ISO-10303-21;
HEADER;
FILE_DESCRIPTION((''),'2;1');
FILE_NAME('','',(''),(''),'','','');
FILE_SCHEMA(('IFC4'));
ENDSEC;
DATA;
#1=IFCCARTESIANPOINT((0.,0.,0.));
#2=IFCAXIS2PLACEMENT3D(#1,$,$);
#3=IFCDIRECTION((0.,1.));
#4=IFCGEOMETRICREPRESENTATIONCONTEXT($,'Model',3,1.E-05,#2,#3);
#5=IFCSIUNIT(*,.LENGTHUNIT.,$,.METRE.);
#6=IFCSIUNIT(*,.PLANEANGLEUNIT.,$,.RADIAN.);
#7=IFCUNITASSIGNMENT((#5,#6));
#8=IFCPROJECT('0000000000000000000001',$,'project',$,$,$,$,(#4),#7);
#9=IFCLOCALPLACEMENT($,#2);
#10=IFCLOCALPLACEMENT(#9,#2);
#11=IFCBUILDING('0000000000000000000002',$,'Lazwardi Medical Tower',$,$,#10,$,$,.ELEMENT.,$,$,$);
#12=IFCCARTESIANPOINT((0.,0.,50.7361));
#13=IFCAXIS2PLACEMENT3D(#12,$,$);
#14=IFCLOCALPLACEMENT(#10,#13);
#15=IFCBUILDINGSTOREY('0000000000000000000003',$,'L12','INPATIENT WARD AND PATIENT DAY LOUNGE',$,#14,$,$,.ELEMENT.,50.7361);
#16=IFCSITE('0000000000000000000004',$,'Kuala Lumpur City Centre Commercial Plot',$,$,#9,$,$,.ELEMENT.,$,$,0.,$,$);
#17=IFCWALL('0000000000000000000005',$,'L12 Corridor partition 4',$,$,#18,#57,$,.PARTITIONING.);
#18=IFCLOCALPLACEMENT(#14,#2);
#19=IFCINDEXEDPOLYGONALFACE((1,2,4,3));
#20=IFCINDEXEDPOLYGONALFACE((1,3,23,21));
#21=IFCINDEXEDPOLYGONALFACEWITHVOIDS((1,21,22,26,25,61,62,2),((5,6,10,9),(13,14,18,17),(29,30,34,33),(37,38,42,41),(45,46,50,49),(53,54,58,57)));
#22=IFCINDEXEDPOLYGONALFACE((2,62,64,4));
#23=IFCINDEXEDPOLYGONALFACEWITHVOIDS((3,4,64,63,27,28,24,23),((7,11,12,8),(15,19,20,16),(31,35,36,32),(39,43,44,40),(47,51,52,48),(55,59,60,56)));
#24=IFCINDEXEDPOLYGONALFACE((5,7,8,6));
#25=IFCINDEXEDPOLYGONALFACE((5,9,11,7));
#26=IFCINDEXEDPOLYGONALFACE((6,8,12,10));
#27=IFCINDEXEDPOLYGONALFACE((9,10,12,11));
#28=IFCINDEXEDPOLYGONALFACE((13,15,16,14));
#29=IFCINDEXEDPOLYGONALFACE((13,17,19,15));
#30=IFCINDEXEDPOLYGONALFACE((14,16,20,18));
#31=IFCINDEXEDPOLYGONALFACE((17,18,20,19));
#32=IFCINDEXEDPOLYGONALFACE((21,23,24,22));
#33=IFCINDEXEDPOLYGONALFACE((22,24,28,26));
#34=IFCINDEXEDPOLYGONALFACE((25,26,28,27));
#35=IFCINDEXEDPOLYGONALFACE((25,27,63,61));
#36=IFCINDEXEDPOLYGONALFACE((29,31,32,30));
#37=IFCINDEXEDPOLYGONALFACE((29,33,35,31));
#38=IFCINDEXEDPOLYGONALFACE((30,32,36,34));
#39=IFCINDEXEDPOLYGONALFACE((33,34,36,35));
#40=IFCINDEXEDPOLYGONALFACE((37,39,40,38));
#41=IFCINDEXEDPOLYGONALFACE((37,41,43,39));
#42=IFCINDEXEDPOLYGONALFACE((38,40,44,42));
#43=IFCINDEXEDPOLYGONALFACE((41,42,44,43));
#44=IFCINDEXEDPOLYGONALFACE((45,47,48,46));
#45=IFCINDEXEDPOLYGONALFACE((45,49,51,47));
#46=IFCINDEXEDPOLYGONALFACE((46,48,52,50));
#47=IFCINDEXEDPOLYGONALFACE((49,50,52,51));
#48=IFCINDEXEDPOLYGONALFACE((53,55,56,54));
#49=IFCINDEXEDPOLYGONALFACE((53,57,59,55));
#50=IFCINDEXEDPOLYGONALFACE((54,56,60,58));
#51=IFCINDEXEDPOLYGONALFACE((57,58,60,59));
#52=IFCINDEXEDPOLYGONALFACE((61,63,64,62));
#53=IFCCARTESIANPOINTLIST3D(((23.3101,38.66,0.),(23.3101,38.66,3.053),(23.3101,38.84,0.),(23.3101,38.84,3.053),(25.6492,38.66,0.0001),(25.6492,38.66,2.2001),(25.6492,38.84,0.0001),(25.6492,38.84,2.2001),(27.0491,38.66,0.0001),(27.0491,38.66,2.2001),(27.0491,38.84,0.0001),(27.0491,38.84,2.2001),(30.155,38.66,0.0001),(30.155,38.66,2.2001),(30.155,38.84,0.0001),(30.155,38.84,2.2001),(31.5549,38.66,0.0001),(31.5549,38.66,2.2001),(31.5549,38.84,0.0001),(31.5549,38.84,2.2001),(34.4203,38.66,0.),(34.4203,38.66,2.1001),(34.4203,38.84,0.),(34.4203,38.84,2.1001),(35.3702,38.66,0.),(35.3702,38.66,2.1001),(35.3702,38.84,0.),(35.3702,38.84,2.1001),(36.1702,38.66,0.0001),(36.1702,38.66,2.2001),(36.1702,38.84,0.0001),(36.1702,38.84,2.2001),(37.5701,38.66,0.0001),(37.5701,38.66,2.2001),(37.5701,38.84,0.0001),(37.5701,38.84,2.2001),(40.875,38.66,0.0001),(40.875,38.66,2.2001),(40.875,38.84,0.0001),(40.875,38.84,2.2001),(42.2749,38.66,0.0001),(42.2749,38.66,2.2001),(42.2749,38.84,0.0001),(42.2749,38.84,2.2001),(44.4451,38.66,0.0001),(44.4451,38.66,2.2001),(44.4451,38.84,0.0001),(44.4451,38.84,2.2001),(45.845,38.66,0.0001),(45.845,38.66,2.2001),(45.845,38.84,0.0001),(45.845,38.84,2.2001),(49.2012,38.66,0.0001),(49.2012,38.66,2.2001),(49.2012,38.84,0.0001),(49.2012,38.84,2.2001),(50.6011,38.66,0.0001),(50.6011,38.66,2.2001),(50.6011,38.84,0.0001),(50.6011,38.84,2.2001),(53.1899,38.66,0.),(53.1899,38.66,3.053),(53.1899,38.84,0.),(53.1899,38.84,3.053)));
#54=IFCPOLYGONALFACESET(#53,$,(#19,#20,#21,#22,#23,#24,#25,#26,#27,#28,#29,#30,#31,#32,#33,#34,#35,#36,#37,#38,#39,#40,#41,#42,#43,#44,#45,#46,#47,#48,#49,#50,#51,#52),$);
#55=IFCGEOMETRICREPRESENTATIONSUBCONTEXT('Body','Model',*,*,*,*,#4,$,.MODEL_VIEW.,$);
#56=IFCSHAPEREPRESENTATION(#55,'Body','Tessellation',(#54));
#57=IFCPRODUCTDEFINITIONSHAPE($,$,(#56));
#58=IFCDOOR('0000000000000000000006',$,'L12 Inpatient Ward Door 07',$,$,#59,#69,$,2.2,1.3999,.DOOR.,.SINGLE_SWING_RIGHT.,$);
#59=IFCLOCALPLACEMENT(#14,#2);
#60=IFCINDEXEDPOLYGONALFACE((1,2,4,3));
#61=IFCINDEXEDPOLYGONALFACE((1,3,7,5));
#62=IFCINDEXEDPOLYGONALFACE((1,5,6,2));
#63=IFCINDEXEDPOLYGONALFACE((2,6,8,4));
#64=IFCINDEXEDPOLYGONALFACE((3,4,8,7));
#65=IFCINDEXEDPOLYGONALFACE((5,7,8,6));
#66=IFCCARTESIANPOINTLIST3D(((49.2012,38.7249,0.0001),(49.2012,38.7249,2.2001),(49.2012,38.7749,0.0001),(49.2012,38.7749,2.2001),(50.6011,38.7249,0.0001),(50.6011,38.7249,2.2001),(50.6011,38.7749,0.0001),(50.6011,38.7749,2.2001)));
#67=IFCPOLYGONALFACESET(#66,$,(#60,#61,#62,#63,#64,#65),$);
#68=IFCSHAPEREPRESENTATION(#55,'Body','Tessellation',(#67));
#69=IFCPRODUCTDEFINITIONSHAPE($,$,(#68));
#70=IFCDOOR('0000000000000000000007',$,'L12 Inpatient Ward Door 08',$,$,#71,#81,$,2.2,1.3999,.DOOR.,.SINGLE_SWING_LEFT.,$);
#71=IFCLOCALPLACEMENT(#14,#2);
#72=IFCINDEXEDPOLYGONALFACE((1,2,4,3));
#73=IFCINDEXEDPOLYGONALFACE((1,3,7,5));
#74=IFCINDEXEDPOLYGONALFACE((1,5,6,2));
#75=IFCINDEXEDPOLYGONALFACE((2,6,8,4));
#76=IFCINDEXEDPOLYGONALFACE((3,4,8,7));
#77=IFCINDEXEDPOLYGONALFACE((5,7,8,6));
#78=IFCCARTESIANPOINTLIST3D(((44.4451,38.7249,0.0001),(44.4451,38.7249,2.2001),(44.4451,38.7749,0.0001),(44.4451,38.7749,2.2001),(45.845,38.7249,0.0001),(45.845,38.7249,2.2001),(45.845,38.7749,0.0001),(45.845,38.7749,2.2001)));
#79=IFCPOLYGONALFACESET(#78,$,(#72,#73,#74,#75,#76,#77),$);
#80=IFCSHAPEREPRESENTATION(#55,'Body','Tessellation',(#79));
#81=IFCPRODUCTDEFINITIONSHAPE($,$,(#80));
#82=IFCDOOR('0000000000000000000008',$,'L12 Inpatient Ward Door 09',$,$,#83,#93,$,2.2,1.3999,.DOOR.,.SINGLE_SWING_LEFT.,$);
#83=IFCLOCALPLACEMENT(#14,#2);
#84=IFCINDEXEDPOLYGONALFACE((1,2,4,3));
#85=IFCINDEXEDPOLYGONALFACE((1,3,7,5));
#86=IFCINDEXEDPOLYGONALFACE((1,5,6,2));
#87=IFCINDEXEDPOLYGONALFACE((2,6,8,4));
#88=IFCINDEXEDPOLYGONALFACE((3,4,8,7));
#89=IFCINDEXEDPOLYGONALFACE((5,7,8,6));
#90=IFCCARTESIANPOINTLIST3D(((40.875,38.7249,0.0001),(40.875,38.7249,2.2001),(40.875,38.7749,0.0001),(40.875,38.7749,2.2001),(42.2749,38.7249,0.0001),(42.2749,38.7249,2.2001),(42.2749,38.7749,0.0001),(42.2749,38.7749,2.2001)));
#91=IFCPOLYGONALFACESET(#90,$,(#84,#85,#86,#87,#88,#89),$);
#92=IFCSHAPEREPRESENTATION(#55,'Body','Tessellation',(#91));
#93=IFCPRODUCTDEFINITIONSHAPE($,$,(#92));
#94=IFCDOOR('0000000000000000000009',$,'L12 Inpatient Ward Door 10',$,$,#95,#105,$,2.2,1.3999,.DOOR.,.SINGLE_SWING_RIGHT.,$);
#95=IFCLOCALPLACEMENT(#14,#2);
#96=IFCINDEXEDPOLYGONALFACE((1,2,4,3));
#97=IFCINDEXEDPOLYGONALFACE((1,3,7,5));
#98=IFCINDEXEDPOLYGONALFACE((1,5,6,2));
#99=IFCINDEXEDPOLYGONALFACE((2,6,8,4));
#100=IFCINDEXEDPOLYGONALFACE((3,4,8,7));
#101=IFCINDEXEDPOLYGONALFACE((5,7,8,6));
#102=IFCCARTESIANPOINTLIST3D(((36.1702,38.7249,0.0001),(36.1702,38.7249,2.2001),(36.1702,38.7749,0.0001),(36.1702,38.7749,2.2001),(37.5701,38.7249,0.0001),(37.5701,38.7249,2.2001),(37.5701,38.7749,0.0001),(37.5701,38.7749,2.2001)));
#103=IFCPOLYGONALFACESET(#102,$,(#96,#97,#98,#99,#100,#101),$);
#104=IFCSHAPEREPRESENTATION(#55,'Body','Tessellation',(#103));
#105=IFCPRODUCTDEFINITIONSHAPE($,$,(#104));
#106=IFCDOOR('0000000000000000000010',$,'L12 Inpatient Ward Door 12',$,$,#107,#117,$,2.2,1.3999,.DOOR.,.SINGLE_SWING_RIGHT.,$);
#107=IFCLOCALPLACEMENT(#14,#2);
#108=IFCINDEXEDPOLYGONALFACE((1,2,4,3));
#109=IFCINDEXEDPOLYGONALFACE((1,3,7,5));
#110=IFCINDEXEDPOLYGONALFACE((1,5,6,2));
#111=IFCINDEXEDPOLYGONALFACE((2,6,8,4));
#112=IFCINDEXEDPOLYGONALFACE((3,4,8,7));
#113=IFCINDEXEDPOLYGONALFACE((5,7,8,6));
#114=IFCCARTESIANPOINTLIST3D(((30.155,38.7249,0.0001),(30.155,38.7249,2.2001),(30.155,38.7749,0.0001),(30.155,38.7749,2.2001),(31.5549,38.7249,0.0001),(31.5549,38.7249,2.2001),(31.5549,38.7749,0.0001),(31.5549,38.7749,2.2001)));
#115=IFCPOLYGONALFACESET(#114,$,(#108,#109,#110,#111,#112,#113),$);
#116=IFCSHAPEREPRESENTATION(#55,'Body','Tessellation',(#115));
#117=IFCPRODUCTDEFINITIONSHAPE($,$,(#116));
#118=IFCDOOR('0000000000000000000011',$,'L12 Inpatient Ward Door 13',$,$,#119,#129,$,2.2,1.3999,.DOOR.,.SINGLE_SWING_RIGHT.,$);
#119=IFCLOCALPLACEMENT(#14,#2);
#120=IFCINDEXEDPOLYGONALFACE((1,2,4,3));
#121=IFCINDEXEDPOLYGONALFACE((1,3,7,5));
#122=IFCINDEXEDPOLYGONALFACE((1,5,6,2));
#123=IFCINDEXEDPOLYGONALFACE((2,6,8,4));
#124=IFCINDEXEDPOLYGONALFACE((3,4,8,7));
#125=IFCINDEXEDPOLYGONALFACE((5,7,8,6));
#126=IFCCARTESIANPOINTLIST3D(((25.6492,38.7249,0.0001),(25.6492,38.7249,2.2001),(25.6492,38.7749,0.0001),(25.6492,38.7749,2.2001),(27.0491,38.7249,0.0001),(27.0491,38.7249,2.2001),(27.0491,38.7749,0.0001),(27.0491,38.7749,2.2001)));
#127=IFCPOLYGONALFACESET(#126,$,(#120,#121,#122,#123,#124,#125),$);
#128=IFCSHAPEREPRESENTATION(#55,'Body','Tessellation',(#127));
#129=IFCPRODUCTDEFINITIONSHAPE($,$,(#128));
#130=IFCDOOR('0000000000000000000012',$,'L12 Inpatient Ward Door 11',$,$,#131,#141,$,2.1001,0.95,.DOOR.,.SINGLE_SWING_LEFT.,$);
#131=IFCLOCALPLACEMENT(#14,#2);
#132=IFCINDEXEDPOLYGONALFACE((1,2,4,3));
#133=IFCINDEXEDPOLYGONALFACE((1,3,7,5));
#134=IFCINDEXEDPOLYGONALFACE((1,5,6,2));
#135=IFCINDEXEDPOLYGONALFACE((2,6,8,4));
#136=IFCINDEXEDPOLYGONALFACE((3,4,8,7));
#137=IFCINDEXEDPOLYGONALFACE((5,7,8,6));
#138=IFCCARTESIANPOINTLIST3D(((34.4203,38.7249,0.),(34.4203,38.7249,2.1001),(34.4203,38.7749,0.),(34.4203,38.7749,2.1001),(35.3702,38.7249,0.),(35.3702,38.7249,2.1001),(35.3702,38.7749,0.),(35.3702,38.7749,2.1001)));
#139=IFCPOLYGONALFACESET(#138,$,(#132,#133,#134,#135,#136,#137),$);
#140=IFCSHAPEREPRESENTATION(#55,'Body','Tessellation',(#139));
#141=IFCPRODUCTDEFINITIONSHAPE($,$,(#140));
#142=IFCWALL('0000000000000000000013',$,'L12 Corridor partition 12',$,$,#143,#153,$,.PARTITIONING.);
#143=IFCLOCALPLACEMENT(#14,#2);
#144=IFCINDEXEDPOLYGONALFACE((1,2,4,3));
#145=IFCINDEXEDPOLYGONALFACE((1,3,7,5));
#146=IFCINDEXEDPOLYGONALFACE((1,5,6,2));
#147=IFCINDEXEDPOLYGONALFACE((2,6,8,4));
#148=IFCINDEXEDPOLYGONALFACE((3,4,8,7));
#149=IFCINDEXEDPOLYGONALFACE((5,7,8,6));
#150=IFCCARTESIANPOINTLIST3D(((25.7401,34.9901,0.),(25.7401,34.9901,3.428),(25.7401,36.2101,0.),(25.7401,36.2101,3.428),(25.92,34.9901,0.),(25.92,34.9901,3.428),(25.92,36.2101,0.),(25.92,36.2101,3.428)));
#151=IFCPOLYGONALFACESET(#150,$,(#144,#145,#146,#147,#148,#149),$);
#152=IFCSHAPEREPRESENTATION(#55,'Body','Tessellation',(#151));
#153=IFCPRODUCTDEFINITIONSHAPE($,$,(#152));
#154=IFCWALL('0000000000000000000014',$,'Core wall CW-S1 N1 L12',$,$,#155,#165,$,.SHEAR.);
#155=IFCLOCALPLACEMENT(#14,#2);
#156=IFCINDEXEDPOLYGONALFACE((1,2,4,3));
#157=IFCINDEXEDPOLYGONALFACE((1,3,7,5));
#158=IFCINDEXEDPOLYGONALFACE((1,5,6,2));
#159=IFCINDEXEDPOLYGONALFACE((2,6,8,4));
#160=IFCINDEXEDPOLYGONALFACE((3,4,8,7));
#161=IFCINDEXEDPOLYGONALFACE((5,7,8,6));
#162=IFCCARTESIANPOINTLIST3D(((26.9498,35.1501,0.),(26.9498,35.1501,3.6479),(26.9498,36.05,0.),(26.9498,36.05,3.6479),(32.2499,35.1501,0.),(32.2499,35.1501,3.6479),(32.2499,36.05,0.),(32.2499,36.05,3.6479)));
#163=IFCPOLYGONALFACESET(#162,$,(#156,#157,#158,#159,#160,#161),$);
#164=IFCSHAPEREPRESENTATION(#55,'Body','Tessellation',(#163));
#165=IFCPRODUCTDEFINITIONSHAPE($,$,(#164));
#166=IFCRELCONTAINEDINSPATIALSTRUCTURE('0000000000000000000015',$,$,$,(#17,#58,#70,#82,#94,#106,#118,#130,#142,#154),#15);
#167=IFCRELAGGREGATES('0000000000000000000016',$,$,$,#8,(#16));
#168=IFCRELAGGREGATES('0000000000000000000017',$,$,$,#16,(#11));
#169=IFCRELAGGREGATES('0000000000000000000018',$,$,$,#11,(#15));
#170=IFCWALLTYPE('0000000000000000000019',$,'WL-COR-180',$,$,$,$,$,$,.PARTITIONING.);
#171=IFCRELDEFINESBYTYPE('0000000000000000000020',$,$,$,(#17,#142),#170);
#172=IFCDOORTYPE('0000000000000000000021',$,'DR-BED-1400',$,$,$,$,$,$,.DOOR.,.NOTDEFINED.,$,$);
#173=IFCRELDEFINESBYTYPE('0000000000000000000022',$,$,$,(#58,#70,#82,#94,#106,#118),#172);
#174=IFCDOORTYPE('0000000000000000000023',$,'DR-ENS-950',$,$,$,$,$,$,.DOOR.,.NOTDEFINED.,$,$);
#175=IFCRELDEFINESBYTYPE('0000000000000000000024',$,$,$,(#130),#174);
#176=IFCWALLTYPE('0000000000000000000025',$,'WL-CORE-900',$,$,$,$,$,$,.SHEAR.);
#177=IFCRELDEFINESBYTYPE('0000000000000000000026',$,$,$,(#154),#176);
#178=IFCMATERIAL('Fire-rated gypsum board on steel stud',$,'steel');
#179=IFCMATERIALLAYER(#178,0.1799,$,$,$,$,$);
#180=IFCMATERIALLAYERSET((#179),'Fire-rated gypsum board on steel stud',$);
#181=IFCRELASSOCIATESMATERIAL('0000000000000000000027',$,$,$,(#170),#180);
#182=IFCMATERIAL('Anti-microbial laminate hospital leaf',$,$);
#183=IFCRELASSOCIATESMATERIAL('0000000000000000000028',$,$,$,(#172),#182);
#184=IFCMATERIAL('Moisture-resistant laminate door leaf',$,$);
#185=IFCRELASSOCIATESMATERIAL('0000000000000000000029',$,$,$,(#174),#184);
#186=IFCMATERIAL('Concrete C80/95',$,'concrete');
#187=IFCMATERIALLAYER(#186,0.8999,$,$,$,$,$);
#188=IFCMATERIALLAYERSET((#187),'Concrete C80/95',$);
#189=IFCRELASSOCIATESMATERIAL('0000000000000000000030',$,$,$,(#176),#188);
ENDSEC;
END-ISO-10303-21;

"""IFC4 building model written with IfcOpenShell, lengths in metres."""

from ifc_helpers import new_model, si_unit, direction, frame, frame_2d, origin, place, context, subcontext, project, spatial, rectangle, extrude, material, layer, layer_set, type_object, element, fill, save


model = new_model("IFC4")

# Units and contexts
model_context = context("Model", 3, precision=1e-05, world=origin(), true_north=direction((0.0, 1.0)))
body_context = subcontext(model_context, "Body", "Model", "MODEL_VIEW")
ifc_project = project(units=[si_unit("LENGTHUNIT", "METRE"), si_unit("PLANEANGLEUNIT", "RADIAN")], contexts=[model_context])

# Site, building, storey
site_placement = place(None, origin())
site = spatial("IfcSite", under=ifc_project, at=site_placement, Name="Kuala Lumpur City Centre Commercial Plot", CompositionType="ELEMENT", RefElevation=0.0)
building_placement = place(site_placement, origin())
building = spatial("IfcBuilding", under=site, at=building_placement, Name="Lazwardi Medical Tower", CompositionType="ELEMENT")
storey_placement = place(building_placement, frame((0.0, 0.0, 50.7361)))
storey = spatial("IfcBuildingStorey", under=building, at=storey_placement, Name="L12", Description="INPATIENT WARD AND PATIENT DAY LOUNGE", CompositionType="ELEMENT", Elevation=50.7361)

# Shared definitions
ifc_material_1 = material(Name="Concrete C80/95", Category="concrete")

# Wall, openings, doors
ifc_material_2 = material(Name="Fire-rated gypsum board on steel stud", Category="steel")
ifc_layer_1 = layer(ifc_material_2, 0.1799)
ifc_layer_set_1 = layer_set([ifc_layer_1], Name="Fire-rated gypsum board on steel stud")
wall_type_1 = type_object("IfcWallType", Name="WL-COR-180", PredefinedType="PARTITIONING", material=ifc_layer_set_1)
wall_1_placement = place(storey_placement, frame((23.3101, 38.75, 0.0), z_axis=(0.0, 0.0, 1.0), x_axis=(1.0, 0.0, 0.0)))
wall_1 = element("IfcWall", 1, at=wall_1_placement, inside=storey, type_object=wall_type_1, Name="L12 Corridor partition 4", PredefinedType="PARTITIONING", context=body_context, shape_type="SweptSolid", body=[
    extrude(rectangle(XDim=29.8799, YDim=0.1799, at=frame_2d((14.9399, 0.0))), origin(), (0.0, 0.0, 1.0), 3.053),
])
opening_1_placement = place(wall_1_placement, frame((25.8911, 0.0, 0.0)))
opening_1 = element("IfcOpeningElement", 2, at=opening_1_placement, cuts=wall_1, PredefinedType="OPENING", context=body_context, shape_type="SweptSolid", body=[
    extrude(rectangle(XDim=1.3999, YDim=2.2, at=frame_2d((0.7, 1.1001))), frame((0.0, 0.0999, 0.0), z_axis=(0.0, -1.0, 0.0), x_axis=(1.0, 0.0, 0.0)), (0.0, 0.0, 1.0), 0.2),
])
opening_2_placement = place(wall_1_placement, frame((21.135, 0.0, 0.0)))
opening_2 = element("IfcOpeningElement", 3, at=opening_2_placement, cuts=wall_1, PredefinedType="OPENING", context=body_context, shape_type="SweptSolid", body=[
    extrude(rectangle(XDim=1.3999, YDim=2.2, at=frame_2d((0.7, 1.1001))), frame((0.0, 0.0999, 0.0), z_axis=(0.0, -1.0, 0.0), x_axis=(1.0, 0.0, 0.0)), (0.0, 0.0, 1.0), 0.2),
])
opening_3_placement = place(wall_1_placement, frame((17.5649, 0.0, 0.0)))
opening_3 = element("IfcOpeningElement", 4, at=opening_3_placement, cuts=wall_1, PredefinedType="OPENING", context=body_context, shape_type="SweptSolid", body=[
    extrude(rectangle(XDim=1.3999, YDim=2.2, at=frame_2d((0.7, 1.1001))), frame((0.0, 0.0999, 0.0), z_axis=(0.0, -1.0, 0.0), x_axis=(1.0, 0.0, 0.0)), (0.0, 0.0, 1.0), 0.2),
])
opening_4_placement = place(wall_1_placement, frame((12.8601, 0.0, 0.0)))
opening_4 = element("IfcOpeningElement", 5, at=opening_4_placement, cuts=wall_1, PredefinedType="OPENING", context=body_context, shape_type="SweptSolid", body=[
    extrude(rectangle(XDim=1.3999, YDim=2.2, at=frame_2d((0.7, 1.1001))), frame((0.0, 0.0999, 0.0), z_axis=(0.0, -1.0, 0.0), x_axis=(1.0, 0.0, 0.0)), (0.0, 0.0, 1.0), 0.2),
])
opening_5_placement = place(wall_1_placement, frame((11.1101, 0.0, 0.0)))
opening_5 = element("IfcOpeningElement", 6, at=opening_5_placement, cuts=wall_1, PredefinedType="OPENING", context=body_context, shape_type="SweptSolid", body=[
    extrude(rectangle(XDim=0.95, YDim=2.1001, at=frame_2d((0.4751, 1.05))), frame((0.0, 0.0999, 0.0), z_axis=(0.0, -1.0, 0.0), x_axis=(1.0, 0.0, 0.0)), (0.0, 0.0, 1.0), 0.2),
])
opening_6_placement = place(wall_1_placement, frame((6.845, 0.0, 0.0)))
opening_6 = element("IfcOpeningElement", 7, at=opening_6_placement, cuts=wall_1, PredefinedType="OPENING", context=body_context, shape_type="SweptSolid", body=[
    extrude(rectangle(XDim=1.3999, YDim=2.2, at=frame_2d((0.7, 1.1001))), frame((0.0, 0.0999, 0.0), z_axis=(0.0, -1.0, 0.0), x_axis=(1.0, 0.0, 0.0)), (0.0, 0.0, 1.0), 0.2),
])
opening_7_placement = place(wall_1_placement, frame((2.3391, 0.0, 0.0)))
opening_7 = element("IfcOpeningElement", 8, at=opening_7_placement, cuts=wall_1, PredefinedType="OPENING", context=body_context, shape_type="SweptSolid", body=[
    extrude(rectangle(XDim=1.3999, YDim=2.2, at=frame_2d((0.7, 1.1001))), frame((0.0, 0.0999, 0.0), z_axis=(0.0, -1.0, 0.0), x_axis=(1.0, 0.0, 0.0)), (0.0, 0.0, 1.0), 0.2),
])
ifc_material_3 = material(Name="Anti-microbial laminate hospital leaf")
door_type_1 = type_object("IfcDoorType", Name="DR-BED-1400", OperationType="NOTDEFINED", PredefinedType="DOOR", material=ifc_material_3)
door_1_placement = place(opening_1_placement, origin())
door_1 = element("IfcDoor", 9, at=door_1_placement, inside=storey, type_object=door_type_1, Name="L12 Inpatient Ward Door 07", OperationType="SINGLE_SWING_RIGHT", OverallHeight=2.2, OverallWidth=1.3999, PredefinedType="DOOR", context=body_context, shape_type="SweptSolid", body=[
    extrude(rectangle(XDim=1.3999, YDim=2.2, at=frame_2d((0.7, 1.1001))), frame((0.0, 0.0249, 0.0), z_axis=(0.0, -1.0, 0.0), x_axis=(1.0, 0.0, 0.0)), (0.0, 0.0, 1.0), 0.05),
])
fill(opening_1, door_1)
door_2_placement = place(opening_2_placement, origin())
door_2 = element("IfcDoor", 10, at=door_2_placement, inside=storey, type_object=door_type_1, Name="L12 Inpatient Ward Door 08", OperationType="SINGLE_SWING_LEFT", OverallHeight=2.2, OverallWidth=1.3999, PredefinedType="DOOR", context=body_context, shape_type="SweptSolid", body=[
    extrude(rectangle(XDim=1.3999, YDim=2.2, at=frame_2d((0.7, 1.1001))), frame((0.0, 0.0249, 0.0), z_axis=(0.0, -1.0, 0.0), x_axis=(1.0, 0.0, 0.0)), (0.0, 0.0, 1.0), 0.05),
])
fill(opening_2, door_2)
door_3_placement = place(opening_3_placement, origin())
door_3 = element("IfcDoor", 11, at=door_3_placement, inside=storey, type_object=door_type_1, Name="L12 Inpatient Ward Door 09", OperationType="SINGLE_SWING_LEFT", OverallHeight=2.2, OverallWidth=1.3999, PredefinedType="DOOR", context=body_context, shape_type="SweptSolid", body=[
    extrude(rectangle(XDim=1.3999, YDim=2.2, at=frame_2d((0.7, 1.1001))), frame((0.0, 0.0249, 0.0), z_axis=(0.0, -1.0, 0.0), x_axis=(1.0, 0.0, 0.0)), (0.0, 0.0, 1.0), 0.05),
])
fill(opening_3, door_3)
door_4_placement = place(opening_4_placement, origin())
door_4 = element("IfcDoor", 12, at=door_4_placement, inside=storey, type_object=door_type_1, Name="L12 Inpatient Ward Door 10", OperationType="SINGLE_SWING_RIGHT", OverallHeight=2.2, OverallWidth=1.3999, PredefinedType="DOOR", context=body_context, shape_type="SweptSolid", body=[
    extrude(rectangle(XDim=1.3999, YDim=2.2, at=frame_2d((0.7, 1.1001))), frame((0.0, 0.0249, 0.0), z_axis=(0.0, -1.0, 0.0), x_axis=(1.0, 0.0, 0.0)), (0.0, 0.0, 1.0), 0.05),
])
fill(opening_4, door_4)
door_5_placement = place(opening_6_placement, origin())
door_5 = element("IfcDoor", 13, at=door_5_placement, inside=storey, type_object=door_type_1, Name="L12 Inpatient Ward Door 12", OperationType="SINGLE_SWING_RIGHT", OverallHeight=2.2, OverallWidth=1.3999, PredefinedType="DOOR", context=body_context, shape_type="SweptSolid", body=[
    extrude(rectangle(XDim=1.3999, YDim=2.2, at=frame_2d((0.7, 1.1001))), frame((0.0, 0.0249, 0.0), z_axis=(0.0, -1.0, 0.0), x_axis=(1.0, 0.0, 0.0)), (0.0, 0.0, 1.0), 0.05),
])
fill(opening_6, door_5)
door_6_placement = place(opening_7_placement, origin())
door_6 = element("IfcDoor", 14, at=door_6_placement, inside=storey, type_object=door_type_1, Name="L12 Inpatient Ward Door 13", OperationType="SINGLE_SWING_RIGHT", OverallHeight=2.2, OverallWidth=1.3999, PredefinedType="DOOR", context=body_context, shape_type="SweptSolid", body=[
    extrude(rectangle(XDim=1.3999, YDim=2.2, at=frame_2d((0.7, 1.1001))), frame((0.0, 0.0249, 0.0), z_axis=(0.0, -1.0, 0.0), x_axis=(1.0, 0.0, 0.0)), (0.0, 0.0, 1.0), 0.05),
])
fill(opening_7, door_6)
ifc_material_4 = material(Name="Moisture-resistant laminate door leaf")
door_type_2 = type_object("IfcDoorType", Name="DR-ENS-950", OperationType="NOTDEFINED", PredefinedType="DOOR", material=ifc_material_4)
door_7_placement = place(opening_5_placement, origin())
door_7 = element("IfcDoor", 15, at=door_7_placement, inside=storey, type_object=door_type_2, Name="L12 Inpatient Ward Door 11", OperationType="SINGLE_SWING_LEFT", OverallHeight=2.1001, OverallWidth=0.95, PredefinedType="DOOR", context=body_context, shape_type="SweptSolid", body=[
    extrude(rectangle(XDim=0.95, YDim=2.1001, at=frame_2d((0.4751, 1.05))), frame((0.0, 0.0249, 0.0), z_axis=(0.0, -1.0, 0.0), x_axis=(1.0, 0.0, 0.0)), (0.0, 0.0, 1.0), 0.05),
])
fill(opening_5, door_7)

# Walls
wall_2_placement = place(storey_placement, frame((25.8301, 36.21, 0.0), z_axis=(0.0, 0.0, 1.0), x_axis=(0.0, -1.0, 0.0)))
element("IfcWall", 16, at=wall_2_placement, inside=storey, type_object=wall_type_1, Name="L12 Corridor partition 12", PredefinedType="PARTITIONING", context=body_context, shape_type="SweptSolid", body=[
    extrude(rectangle(XDim=1.22, YDim=0.1799, at=frame_2d((0.6099, 0.0))), origin(), (0.0, 0.0, 1.0), 3.428),
])
ifc_layer_2 = layer(ifc_material_1, 0.8999)
ifc_layer_set_2 = layer_set([ifc_layer_2], Name="Concrete C80/95")
wall_type_2 = type_object("IfcWallType", Name="WL-CORE-900", PredefinedType="SHEAR", material=ifc_layer_set_2)
wall_3_placement = place(storey_placement, frame((26.95, 35.6001, 0.0), z_axis=(0.0, 0.0, 1.0), x_axis=(1.0, 0.0, 0.0)))
element("IfcWall", 17, at=wall_3_placement, inside=storey, type_object=wall_type_2, Name="Core wall CW-S1 N1 L12", PredefinedType="SHEAR", context=body_context, shape_type="SweptSolid", body=[
    extrude(rectangle(XDim=5.3, YDim=0.8999, at=frame_2d((2.6499, 0.0))), origin(), (0.0, 0.0, 1.0), 3.6479),
])

save(model, "model.ifc")
